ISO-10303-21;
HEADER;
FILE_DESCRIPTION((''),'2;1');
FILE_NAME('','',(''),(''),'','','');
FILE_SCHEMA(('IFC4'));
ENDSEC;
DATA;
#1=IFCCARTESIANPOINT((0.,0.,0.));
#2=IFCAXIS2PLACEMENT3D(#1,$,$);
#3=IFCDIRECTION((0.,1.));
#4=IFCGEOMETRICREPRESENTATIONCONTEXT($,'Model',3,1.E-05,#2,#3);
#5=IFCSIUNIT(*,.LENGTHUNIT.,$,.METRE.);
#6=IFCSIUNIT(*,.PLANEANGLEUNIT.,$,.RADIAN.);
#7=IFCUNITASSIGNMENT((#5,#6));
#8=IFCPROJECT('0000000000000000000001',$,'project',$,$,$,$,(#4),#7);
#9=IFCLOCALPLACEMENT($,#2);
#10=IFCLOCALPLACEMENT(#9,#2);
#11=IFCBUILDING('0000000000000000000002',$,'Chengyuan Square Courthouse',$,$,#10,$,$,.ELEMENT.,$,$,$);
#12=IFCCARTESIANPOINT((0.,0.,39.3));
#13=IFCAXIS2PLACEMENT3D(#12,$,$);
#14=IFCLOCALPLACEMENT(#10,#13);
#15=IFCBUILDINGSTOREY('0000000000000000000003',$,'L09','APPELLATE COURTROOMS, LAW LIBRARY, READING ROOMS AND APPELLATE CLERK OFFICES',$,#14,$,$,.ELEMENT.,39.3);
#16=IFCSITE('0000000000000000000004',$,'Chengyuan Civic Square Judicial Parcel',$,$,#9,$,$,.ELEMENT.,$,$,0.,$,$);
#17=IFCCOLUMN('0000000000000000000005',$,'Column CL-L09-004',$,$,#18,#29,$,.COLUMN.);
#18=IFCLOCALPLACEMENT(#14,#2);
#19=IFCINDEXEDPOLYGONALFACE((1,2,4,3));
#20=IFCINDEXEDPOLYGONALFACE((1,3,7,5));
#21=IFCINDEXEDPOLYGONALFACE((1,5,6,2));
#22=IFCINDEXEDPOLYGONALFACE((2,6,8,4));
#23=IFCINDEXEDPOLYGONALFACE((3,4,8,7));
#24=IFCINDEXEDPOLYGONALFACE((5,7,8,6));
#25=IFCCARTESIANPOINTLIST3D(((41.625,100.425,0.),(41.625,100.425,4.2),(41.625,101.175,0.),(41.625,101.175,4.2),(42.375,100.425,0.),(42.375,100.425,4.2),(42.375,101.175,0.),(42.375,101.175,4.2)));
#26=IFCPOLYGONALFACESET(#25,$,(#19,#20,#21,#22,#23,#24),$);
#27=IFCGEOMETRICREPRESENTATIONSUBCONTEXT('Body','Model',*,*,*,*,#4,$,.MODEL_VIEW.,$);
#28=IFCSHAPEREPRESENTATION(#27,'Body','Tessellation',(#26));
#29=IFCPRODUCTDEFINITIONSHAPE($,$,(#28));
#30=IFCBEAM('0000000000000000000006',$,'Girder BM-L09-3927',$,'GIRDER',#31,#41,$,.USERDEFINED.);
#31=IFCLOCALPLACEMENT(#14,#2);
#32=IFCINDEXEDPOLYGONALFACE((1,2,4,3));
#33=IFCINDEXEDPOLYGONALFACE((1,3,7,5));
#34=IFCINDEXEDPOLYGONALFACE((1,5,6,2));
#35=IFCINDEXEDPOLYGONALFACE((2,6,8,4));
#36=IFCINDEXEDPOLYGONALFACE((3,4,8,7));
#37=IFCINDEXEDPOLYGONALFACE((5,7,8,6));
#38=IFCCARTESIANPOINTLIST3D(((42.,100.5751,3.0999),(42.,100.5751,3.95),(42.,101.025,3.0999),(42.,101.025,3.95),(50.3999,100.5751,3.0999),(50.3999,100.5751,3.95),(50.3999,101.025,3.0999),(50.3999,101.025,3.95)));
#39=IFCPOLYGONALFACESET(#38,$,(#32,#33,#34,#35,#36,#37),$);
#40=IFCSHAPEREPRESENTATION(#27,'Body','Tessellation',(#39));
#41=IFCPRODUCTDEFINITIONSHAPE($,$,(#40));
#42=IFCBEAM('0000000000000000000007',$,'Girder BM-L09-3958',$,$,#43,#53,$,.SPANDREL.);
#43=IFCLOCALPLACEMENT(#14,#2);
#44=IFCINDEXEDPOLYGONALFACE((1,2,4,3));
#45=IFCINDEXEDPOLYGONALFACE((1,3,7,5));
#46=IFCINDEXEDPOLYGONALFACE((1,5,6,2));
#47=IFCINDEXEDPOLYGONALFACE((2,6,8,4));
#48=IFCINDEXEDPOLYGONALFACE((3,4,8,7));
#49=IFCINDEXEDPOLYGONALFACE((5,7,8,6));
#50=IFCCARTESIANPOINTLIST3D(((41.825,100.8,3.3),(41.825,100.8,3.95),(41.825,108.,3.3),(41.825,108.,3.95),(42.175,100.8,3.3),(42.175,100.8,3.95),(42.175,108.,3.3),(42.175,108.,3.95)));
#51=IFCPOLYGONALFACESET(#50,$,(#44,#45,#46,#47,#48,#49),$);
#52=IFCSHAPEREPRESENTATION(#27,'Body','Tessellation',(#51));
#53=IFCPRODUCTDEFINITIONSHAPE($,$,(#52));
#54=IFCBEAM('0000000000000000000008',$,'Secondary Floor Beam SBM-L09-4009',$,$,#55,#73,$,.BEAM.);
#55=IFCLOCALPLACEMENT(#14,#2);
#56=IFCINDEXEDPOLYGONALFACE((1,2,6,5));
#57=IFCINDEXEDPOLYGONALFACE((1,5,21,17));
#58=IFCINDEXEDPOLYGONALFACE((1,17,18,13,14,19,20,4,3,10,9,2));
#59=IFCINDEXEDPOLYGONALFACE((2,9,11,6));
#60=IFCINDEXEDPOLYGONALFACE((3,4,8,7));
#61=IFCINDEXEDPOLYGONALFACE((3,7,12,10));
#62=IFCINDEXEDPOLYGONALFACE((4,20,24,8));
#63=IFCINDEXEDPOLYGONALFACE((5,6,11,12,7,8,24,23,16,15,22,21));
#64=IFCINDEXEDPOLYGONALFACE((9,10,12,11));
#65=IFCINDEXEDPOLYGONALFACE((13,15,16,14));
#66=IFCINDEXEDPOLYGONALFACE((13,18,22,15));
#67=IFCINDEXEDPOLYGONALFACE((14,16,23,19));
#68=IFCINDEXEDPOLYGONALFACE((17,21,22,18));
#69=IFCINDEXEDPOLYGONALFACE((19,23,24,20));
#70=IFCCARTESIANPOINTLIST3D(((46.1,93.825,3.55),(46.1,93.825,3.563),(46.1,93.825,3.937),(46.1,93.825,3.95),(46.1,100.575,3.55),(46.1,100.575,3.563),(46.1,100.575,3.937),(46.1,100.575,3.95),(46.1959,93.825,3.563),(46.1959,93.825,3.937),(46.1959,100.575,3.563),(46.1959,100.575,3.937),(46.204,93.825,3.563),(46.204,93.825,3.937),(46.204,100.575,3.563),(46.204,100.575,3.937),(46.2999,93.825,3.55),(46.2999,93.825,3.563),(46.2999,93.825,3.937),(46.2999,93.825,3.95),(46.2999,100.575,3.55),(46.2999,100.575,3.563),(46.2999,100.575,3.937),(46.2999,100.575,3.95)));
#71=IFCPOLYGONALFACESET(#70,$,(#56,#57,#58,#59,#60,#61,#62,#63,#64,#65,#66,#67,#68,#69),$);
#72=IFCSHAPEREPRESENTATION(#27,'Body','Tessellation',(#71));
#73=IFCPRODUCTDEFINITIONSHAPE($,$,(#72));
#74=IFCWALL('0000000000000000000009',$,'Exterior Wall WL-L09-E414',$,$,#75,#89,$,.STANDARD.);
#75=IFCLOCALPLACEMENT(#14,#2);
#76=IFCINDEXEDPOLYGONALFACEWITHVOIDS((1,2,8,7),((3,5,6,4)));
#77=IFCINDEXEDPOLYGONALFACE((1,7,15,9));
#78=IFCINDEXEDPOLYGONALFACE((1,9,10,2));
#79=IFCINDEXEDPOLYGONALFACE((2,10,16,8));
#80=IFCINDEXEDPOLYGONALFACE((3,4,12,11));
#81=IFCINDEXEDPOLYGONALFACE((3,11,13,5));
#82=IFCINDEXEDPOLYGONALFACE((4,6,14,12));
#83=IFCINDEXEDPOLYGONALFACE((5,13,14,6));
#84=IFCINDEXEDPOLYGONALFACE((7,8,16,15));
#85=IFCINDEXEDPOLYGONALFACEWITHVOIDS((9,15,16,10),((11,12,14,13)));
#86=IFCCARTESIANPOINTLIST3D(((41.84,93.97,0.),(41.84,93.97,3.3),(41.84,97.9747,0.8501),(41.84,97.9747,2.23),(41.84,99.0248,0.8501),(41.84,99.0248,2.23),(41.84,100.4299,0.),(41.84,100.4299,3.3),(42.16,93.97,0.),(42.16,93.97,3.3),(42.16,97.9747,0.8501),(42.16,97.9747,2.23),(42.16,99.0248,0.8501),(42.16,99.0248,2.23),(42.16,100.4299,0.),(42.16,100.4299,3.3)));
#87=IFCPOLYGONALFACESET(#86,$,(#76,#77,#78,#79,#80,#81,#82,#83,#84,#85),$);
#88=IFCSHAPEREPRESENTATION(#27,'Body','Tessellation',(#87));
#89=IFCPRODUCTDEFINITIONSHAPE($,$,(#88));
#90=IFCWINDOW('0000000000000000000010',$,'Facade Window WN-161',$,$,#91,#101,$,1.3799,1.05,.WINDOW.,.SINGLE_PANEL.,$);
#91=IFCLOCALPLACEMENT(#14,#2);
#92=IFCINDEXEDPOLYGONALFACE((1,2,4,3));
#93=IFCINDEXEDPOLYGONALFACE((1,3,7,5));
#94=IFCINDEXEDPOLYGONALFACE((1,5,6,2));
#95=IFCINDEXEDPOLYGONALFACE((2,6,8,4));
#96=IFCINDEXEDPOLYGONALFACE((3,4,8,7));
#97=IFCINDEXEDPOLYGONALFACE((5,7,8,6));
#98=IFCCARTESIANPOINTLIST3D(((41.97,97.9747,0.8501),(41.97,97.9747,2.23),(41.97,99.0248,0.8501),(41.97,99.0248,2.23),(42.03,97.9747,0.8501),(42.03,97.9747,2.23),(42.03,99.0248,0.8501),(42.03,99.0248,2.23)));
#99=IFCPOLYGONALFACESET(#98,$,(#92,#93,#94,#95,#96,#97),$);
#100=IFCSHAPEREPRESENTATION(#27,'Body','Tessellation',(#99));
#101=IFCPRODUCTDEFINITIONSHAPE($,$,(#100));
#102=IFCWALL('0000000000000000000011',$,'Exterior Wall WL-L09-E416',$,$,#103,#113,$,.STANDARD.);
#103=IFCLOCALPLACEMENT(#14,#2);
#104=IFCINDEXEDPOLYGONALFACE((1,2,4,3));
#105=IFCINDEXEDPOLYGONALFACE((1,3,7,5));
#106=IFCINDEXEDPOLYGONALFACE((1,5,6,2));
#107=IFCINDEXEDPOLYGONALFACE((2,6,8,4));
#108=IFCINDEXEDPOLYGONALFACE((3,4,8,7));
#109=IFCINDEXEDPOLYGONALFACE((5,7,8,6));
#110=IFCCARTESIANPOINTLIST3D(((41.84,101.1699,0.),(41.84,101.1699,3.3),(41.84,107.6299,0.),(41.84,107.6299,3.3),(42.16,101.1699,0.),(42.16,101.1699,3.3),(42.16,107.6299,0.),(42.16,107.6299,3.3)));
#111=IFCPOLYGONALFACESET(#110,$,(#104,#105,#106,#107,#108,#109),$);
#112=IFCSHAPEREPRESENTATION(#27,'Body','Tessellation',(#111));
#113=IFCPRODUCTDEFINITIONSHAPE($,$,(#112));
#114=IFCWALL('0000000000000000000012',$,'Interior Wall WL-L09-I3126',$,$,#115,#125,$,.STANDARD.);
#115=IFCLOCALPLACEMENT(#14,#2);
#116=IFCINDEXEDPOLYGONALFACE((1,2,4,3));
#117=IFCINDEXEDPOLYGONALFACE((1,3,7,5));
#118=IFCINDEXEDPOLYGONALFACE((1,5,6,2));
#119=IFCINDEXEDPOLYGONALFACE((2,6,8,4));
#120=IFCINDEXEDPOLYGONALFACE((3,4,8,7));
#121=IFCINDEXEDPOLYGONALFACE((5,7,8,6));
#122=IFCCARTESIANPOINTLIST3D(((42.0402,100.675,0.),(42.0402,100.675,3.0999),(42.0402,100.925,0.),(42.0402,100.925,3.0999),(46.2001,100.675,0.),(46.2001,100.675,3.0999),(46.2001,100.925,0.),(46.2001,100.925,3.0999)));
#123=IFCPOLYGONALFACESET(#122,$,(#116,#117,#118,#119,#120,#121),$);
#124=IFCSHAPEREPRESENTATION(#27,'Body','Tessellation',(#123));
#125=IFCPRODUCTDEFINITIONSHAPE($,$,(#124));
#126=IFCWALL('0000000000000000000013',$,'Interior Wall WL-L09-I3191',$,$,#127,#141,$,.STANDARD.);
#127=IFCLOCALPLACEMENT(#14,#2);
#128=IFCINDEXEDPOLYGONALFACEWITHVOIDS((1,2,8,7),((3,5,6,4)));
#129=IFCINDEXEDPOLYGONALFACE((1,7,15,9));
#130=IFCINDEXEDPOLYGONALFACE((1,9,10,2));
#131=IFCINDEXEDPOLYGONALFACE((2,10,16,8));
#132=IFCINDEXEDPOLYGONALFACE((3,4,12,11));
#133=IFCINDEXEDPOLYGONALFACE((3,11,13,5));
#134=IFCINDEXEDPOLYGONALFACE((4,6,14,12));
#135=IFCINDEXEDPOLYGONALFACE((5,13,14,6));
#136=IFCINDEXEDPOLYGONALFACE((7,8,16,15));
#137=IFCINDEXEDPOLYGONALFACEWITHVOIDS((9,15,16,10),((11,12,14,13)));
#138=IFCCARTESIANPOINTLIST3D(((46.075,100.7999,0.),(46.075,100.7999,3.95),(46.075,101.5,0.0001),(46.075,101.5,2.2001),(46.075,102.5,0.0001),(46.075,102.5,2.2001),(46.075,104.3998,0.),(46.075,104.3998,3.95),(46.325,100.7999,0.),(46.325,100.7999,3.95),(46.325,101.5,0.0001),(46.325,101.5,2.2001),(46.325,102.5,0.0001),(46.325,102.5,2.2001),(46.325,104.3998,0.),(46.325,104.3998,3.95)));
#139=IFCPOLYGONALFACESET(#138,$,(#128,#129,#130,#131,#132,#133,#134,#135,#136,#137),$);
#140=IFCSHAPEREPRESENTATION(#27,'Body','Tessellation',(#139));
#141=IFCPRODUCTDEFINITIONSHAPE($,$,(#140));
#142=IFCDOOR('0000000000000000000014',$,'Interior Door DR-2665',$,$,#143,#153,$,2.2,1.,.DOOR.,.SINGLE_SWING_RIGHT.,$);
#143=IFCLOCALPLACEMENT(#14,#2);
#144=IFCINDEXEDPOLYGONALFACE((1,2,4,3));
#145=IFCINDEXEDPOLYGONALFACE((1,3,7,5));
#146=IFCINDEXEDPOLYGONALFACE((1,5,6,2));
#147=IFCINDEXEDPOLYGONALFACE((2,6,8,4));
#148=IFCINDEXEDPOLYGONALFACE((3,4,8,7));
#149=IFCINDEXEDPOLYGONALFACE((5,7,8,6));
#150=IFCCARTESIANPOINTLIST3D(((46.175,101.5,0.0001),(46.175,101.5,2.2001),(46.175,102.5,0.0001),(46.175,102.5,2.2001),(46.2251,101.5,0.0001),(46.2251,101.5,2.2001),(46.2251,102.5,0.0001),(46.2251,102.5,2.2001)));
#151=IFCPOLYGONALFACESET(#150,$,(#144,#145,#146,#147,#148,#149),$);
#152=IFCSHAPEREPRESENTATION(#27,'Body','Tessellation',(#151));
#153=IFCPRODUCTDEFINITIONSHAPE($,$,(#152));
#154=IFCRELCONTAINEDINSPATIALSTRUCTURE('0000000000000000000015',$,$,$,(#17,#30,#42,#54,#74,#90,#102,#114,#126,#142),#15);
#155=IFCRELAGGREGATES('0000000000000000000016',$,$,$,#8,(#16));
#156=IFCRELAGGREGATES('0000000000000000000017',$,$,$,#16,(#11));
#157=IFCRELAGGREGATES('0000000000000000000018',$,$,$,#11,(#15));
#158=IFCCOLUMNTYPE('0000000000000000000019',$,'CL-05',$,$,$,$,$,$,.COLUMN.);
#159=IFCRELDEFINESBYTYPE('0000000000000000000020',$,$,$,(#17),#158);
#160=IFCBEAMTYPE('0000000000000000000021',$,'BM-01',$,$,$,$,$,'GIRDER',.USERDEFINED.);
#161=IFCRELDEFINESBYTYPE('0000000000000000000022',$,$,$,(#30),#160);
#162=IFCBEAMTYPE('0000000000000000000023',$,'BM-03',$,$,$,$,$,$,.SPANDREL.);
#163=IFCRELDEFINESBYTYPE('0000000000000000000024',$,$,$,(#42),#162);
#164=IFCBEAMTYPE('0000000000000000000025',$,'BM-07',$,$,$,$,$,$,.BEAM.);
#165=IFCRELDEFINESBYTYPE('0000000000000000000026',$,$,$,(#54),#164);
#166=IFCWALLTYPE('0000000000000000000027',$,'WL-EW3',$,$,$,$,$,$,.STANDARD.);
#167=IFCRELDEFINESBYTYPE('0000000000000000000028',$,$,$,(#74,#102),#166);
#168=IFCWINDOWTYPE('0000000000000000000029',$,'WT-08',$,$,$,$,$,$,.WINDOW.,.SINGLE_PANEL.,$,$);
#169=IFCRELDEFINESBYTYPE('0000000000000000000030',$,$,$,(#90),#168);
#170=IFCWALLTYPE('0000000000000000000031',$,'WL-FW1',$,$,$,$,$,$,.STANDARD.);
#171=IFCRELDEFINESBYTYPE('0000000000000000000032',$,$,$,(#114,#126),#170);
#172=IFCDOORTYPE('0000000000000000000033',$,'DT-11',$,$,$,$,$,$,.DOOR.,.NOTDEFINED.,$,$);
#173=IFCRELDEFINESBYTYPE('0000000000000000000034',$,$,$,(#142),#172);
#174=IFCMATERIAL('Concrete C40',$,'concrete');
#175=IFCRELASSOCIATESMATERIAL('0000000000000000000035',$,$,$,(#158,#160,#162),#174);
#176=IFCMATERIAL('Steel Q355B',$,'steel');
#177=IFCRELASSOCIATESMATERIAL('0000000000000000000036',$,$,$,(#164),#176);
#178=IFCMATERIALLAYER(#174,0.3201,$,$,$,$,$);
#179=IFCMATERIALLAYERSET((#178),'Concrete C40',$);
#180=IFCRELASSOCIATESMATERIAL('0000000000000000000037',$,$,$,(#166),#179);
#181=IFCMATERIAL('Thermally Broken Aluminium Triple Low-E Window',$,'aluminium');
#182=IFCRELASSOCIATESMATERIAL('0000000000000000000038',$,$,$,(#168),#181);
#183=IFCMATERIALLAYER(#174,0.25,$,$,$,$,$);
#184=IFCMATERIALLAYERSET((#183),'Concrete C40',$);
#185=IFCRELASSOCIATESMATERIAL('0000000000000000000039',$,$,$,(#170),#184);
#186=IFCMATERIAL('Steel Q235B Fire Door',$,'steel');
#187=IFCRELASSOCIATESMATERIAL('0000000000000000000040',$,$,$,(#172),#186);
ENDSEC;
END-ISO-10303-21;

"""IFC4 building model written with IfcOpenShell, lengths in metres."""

from ifc_helpers import new_model, si_unit, direction, frame, frame_2d, origin, origin_2d, place, context, subcontext, project, spatial, rectangle, i_section, extrude, material, layer, layer_set, material_profile, profile_set, type_object, element, fill, save


model = new_model("IFC4")

# Units and contexts
model_context = context("Model", 3, precision=1e-05, world=origin(), true_north=direction((0.0, 1.0)))
body_context = subcontext(model_context, "Body", "Model", "MODEL_VIEW")
ifc_project = project(units=[si_unit("LENGTHUNIT", "METRE"), si_unit("PLANEANGLEUNIT", "RADIAN")], contexts=[model_context])

# Site, building, storey
site_placement = place(None, origin())
site = spatial("IfcSite", under=ifc_project, at=site_placement, Name="Chengyuan Civic Square Judicial Parcel", CompositionType="ELEMENT", RefElevation=0.0)
building_placement = place(site_placement, origin())
building = spatial("IfcBuilding", under=site, at=building_placement, Name="Chengyuan Square Courthouse", CompositionType="ELEMENT")
storey_placement = place(building_placement, frame((0.0, 0.0, 39.3)))
storey = spatial("IfcBuildingStorey", under=building, at=storey_placement, Name="L09", Description="APPELLATE COURTROOMS, LAW LIBRARY, READING ROOMS AND APPELLATE CLERK OFFICES", CompositionType="ELEMENT", Elevation=39.3)

# Column
ifc_material_1 = material(Name="Concrete C40", Category="concrete")
ifc_material_profile_1 = material_profile(ifc_material_1, rectangle(XDim=0.75, YDim=0.75, at=origin_2d()), Name="RC-COL-750x750")
ifc_profile_set_1 = profile_set([ifc_material_profile_1], Name="Concrete C40")
column_type = type_object("IfcColumnType", Name="CL-05", PredefinedType="COLUMN", material=ifc_profile_set_1)
column_placement = place(storey_placement, frame((42.0, 100.8, 0.0), z_axis=(0.0, 0.0, 1.0), x_axis=(1.0, 0.0, 0.0)))
element("IfcColumn", 1, at=column_placement, inside=storey, type_object=column_type, Name="Column CL-L09-004", PredefinedType="COLUMN", context=body_context, shape_type="SweptSolid", body=[
    extrude(rectangle(XDim=0.75, YDim=0.75, at=origin_2d()), origin(), (0.0, 0.0, 1.0), 4.2),
])

# Beams
ifc_material_profile_2 = material_profile(ifc_material_1, rectangle(XDim=0.45, YDim=0.8501, at=origin_2d()), Name="RC-BM-450x850")
ifc_profile_set_2 = profile_set([ifc_material_profile_2], Name="Concrete C40")
beam_type_1 = type_object("IfcBeamType", Name="BM-01", ElementType="GIRDER", PredefinedType="USERDEFINED", material=ifc_profile_set_2)
beam_1_placement = place(storey_placement, frame((42.0, 100.8, 3.5249), z_axis=(1.0, 0.0, 0.0), x_axis=(0.0, 1.0, 0.0)))
element("IfcBeam", 2, at=beam_1_placement, inside=storey, type_object=beam_type_1, Name="Girder BM-L09-3927", ObjectType="GIRDER", PredefinedType="USERDEFINED", context=body_context, shape_type="SweptSolid", body=[
    extrude(rectangle(XDim=0.45, YDim=0.8501, at=origin_2d()), origin(), (0.0, 0.0, 1.0), 8.3999),
])
ifc_material_profile_3 = material_profile(ifc_material_1, rectangle(XDim=0.3501, YDim=0.6499, at=origin_2d()), Name="RC-BM-350x650")
ifc_profile_set_3 = profile_set([ifc_material_profile_3], Name="Concrete C40")
beam_type_2 = type_object("IfcBeamType", Name="BM-03", PredefinedType="SPANDREL", material=ifc_profile_set_3)
beam_2_placement = place(storey_placement, frame((42.0, 100.8, 3.625), z_axis=(0.0, 1.0, 0.0), x_axis=(-1.0, 0.0, 0.0)))
element("IfcBeam", 3, at=beam_2_placement, inside=storey, type_object=beam_type_2, Name="Girder BM-L09-3958", PredefinedType="SPANDREL", context=body_context, shape_type="SweptSolid", body=[
    extrude(rectangle(XDim=0.3501, YDim=0.6499, at=origin_2d()), origin(), (0.0, 0.0, 1.0), 7.2),
])
ifc_material_2 = material(Name="Steel Q355B", Category="steel")
ifc_material_profile_4 = material_profile(ifc_material_2, i_section(OverallWidth=0.2, OverallDepth=0.3999, WebThickness=0.0081, FlangeThickness=0.0129, at=origin_2d()), Name="HN 400x200x8x13")
ifc_profile_set_4 = profile_set([ifc_material_profile_4], Name="Steel Q355B")
beam_type_3 = type_object("IfcBeamType", Name="BM-07", PredefinedType="BEAM", material=ifc_profile_set_4)
beam_3_placement = place(storey_placement, frame((46.2, 93.825, 3.75), z_axis=(0.0, 1.0, 0.0), x_axis=(-1.0, 0.0, 0.0)))
element("IfcBeam", 4, at=beam_3_placement, inside=storey, type_object=beam_type_3, Name="Secondary Floor Beam SBM-L09-4009", PredefinedType="BEAM", context=body_context, shape_type="SweptSolid", body=[
    extrude(i_section(OverallWidth=0.2, OverallDepth=0.3999, WebThickness=0.0081, FlangeThickness=0.0129, at=origin_2d()), origin(), (0.0, 0.0, 1.0), 6.75),
])

# Wall, opening, window
ifc_layer_1 = layer(ifc_material_1, 0.3201)
ifc_layer_set_1 = layer_set([ifc_layer_1], Name="Concrete C40")
wall_type_1 = type_object("IfcWallType", Name="WL-EW3", PredefinedType="STANDARD", material=ifc_layer_set_1)
wall_1_placement = place(storey_placement, frame((42.0, 93.97, 0.0), z_axis=(0.0, 0.0, 1.0), x_axis=(0.0, 1.0, 0.0)))
wall_1 = element("IfcWall", 5, at=wall_1_placement, inside=storey, type_object=wall_type_1, Name="Exterior Wall WL-L09-E414", PredefinedType="STANDARD", context=body_context, shape_type="SweptSolid", body=[
    extrude(rectangle(XDim=6.46, YDim=0.3201, at=frame_2d((3.23, 0.0))), origin(), (0.0, 0.0, 1.0), 3.3),
])
opening_1_placement = place(wall_1_placement, frame((4.0049, 0.0, 0.8501)))
opening_1 = element("IfcOpeningElement", 6, at=opening_1_placement, cuts=wall_1, PredefinedType="OPENING", context=body_context, shape_type="SweptSolid", body=[
    extrude(rectangle(XDim=1.05, YDim=1.3799, at=frame_2d((0.5249, 0.6899))), frame((0.0, 0.1721, 0.0), z_axis=(0.0, -1.0, 0.0), x_axis=(1.0, 0.0, 0.0)), (0.0, 0.0, 1.0), 0.344),
])
ifc_material_3 = material(Name="Thermally Broken Aluminium Triple Low-E Window", Category="aluminium")
window_type = type_object("IfcWindowType", Name="WT-08", PartitioningType="SINGLE_PANEL", PredefinedType="WINDOW", material=ifc_material_3)
window_placement = place(opening_1_placement, origin())
window = element("IfcWindow", 7, at=window_placement, inside=storey, type_object=window_type, Name="Facade Window WN-161", OverallHeight=1.3799, OverallWidth=1.05, PartitioningType="SINGLE_PANEL", PredefinedType="WINDOW", context=body_context, shape_type="SweptSolid", body=[
    extrude(rectangle(XDim=1.05, YDim=1.3799, at=frame_2d((0.5249, 0.6899))), frame((0.0, 0.03, 0.0), z_axis=(0.0, -1.0, 0.0), x_axis=(1.0, 0.0, 0.0)), (0.0, 0.0, 1.0), 0.0601),
])
fill(opening_1, window)

# Walls
wall_2_placement = place(storey_placement, frame((42.0, 101.1699, 0.0), z_axis=(0.0, 0.0, 1.0), x_axis=(0.0, 1.0, 0.0)))
element("IfcWall", 8, at=wall_2_placement, inside=storey, type_object=wall_type_1, Name="Exterior Wall WL-L09-E416", PredefinedType="STANDARD", context=body_context, shape_type="SweptSolid", body=[
    extrude(rectangle(XDim=6.46, YDim=0.3201, at=frame_2d((3.23, 0.0))), origin(), (0.0, 0.0, 1.0), 3.3),
])
ifc_layer_2 = layer(ifc_material_1, 0.25)
ifc_layer_set_2 = layer_set([ifc_layer_2], Name="Concrete C40")
wall_type_2 = type_object("IfcWallType", Name="WL-FW1", PredefinedType="STANDARD", material=ifc_layer_set_2)
wall_3_placement = place(storey_placement, frame((42.04, 100.8, 0.0), z_axis=(0.0, 0.0, 1.0), x_axis=(1.0, 0.0, 0.0)))
element("IfcWall", 9, at=wall_3_placement, inside=storey, type_object=wall_type_2, Name="Interior Wall WL-L09-I3126", PredefinedType="STANDARD", context=body_context, shape_type="SweptSolid", body=[
    extrude(rectangle(XDim=4.1599, YDim=0.25, at=frame_2d((2.0801, 0.0))), origin(), (0.0, 0.0, 1.0), 3.0999),
])

# Wall, opening, door
ifc_material_4 = material(Name="Steel Q235B Fire Door", Category="steel")
wall_4_placement = place(storey_placement, frame((46.2, 100.8, 0.0), z_axis=(0.0, 0.0, 1.0), x_axis=(0.0, 1.0, 0.0)))
wall_4 = element("IfcWall", 10, at=wall_4_placement, inside=storey, type_object=wall_type_2, Name="Interior Wall WL-L09-I3191", PredefinedType="STANDARD", context=body_context, shape_type="SweptSolid", body=[
    extrude(rectangle(XDim=3.5999, YDim=0.25, at=frame_2d((1.7998, 0.0))), origin(), (0.0, 0.0, 1.0), 3.95),
])
opening_2_placement = place(wall_4_placement, frame((0.7, 0.0, 0.0)))
opening_2 = element("IfcOpeningElement", 11, at=opening_2_placement, cuts=wall_4, PredefinedType="OPENING", context=body_context, shape_type="SweptSolid", body=[
    extrude(rectangle(XDim=1.0, YDim=2.2, at=frame_2d((0.5, 1.1001))), frame((0.0, 0.137, 0.0), z_axis=(0.0, -1.0, 0.0), x_axis=(1.0, 0.0, 0.0)), (0.0, 0.0, 1.0), 0.2739),
])
door_type_1 = type_object("IfcDoorType", Name="DT-11", OperationType="NOTDEFINED", PredefinedType="DOOR", material=ifc_material_4)
door_1_placement = place(opening_2_placement, origin())
door_1 = element("IfcDoor", 12, at=door_1_placement, inside=storey, type_object=door_type_1, Name="Interior Door DR-2665", OperationType="SINGLE_SWING_RIGHT", OverallHeight=2.2, OverallWidth=1.0, PredefinedType="DOOR", context=body_context, shape_type="SweptSolid", body=[
    extrude(rectangle(XDim=1.0, YDim=2.2, at=frame_2d((0.5, 1.1001))), frame((0.0, 0.0249, 0.0), z_axis=(0.0, -1.0, 0.0), x_axis=(1.0, 0.0, 0.0)), (0.0, 0.0, 1.0), 0.05),
])
fill(opening_2, door_1)

save(model, "model.ifc")
